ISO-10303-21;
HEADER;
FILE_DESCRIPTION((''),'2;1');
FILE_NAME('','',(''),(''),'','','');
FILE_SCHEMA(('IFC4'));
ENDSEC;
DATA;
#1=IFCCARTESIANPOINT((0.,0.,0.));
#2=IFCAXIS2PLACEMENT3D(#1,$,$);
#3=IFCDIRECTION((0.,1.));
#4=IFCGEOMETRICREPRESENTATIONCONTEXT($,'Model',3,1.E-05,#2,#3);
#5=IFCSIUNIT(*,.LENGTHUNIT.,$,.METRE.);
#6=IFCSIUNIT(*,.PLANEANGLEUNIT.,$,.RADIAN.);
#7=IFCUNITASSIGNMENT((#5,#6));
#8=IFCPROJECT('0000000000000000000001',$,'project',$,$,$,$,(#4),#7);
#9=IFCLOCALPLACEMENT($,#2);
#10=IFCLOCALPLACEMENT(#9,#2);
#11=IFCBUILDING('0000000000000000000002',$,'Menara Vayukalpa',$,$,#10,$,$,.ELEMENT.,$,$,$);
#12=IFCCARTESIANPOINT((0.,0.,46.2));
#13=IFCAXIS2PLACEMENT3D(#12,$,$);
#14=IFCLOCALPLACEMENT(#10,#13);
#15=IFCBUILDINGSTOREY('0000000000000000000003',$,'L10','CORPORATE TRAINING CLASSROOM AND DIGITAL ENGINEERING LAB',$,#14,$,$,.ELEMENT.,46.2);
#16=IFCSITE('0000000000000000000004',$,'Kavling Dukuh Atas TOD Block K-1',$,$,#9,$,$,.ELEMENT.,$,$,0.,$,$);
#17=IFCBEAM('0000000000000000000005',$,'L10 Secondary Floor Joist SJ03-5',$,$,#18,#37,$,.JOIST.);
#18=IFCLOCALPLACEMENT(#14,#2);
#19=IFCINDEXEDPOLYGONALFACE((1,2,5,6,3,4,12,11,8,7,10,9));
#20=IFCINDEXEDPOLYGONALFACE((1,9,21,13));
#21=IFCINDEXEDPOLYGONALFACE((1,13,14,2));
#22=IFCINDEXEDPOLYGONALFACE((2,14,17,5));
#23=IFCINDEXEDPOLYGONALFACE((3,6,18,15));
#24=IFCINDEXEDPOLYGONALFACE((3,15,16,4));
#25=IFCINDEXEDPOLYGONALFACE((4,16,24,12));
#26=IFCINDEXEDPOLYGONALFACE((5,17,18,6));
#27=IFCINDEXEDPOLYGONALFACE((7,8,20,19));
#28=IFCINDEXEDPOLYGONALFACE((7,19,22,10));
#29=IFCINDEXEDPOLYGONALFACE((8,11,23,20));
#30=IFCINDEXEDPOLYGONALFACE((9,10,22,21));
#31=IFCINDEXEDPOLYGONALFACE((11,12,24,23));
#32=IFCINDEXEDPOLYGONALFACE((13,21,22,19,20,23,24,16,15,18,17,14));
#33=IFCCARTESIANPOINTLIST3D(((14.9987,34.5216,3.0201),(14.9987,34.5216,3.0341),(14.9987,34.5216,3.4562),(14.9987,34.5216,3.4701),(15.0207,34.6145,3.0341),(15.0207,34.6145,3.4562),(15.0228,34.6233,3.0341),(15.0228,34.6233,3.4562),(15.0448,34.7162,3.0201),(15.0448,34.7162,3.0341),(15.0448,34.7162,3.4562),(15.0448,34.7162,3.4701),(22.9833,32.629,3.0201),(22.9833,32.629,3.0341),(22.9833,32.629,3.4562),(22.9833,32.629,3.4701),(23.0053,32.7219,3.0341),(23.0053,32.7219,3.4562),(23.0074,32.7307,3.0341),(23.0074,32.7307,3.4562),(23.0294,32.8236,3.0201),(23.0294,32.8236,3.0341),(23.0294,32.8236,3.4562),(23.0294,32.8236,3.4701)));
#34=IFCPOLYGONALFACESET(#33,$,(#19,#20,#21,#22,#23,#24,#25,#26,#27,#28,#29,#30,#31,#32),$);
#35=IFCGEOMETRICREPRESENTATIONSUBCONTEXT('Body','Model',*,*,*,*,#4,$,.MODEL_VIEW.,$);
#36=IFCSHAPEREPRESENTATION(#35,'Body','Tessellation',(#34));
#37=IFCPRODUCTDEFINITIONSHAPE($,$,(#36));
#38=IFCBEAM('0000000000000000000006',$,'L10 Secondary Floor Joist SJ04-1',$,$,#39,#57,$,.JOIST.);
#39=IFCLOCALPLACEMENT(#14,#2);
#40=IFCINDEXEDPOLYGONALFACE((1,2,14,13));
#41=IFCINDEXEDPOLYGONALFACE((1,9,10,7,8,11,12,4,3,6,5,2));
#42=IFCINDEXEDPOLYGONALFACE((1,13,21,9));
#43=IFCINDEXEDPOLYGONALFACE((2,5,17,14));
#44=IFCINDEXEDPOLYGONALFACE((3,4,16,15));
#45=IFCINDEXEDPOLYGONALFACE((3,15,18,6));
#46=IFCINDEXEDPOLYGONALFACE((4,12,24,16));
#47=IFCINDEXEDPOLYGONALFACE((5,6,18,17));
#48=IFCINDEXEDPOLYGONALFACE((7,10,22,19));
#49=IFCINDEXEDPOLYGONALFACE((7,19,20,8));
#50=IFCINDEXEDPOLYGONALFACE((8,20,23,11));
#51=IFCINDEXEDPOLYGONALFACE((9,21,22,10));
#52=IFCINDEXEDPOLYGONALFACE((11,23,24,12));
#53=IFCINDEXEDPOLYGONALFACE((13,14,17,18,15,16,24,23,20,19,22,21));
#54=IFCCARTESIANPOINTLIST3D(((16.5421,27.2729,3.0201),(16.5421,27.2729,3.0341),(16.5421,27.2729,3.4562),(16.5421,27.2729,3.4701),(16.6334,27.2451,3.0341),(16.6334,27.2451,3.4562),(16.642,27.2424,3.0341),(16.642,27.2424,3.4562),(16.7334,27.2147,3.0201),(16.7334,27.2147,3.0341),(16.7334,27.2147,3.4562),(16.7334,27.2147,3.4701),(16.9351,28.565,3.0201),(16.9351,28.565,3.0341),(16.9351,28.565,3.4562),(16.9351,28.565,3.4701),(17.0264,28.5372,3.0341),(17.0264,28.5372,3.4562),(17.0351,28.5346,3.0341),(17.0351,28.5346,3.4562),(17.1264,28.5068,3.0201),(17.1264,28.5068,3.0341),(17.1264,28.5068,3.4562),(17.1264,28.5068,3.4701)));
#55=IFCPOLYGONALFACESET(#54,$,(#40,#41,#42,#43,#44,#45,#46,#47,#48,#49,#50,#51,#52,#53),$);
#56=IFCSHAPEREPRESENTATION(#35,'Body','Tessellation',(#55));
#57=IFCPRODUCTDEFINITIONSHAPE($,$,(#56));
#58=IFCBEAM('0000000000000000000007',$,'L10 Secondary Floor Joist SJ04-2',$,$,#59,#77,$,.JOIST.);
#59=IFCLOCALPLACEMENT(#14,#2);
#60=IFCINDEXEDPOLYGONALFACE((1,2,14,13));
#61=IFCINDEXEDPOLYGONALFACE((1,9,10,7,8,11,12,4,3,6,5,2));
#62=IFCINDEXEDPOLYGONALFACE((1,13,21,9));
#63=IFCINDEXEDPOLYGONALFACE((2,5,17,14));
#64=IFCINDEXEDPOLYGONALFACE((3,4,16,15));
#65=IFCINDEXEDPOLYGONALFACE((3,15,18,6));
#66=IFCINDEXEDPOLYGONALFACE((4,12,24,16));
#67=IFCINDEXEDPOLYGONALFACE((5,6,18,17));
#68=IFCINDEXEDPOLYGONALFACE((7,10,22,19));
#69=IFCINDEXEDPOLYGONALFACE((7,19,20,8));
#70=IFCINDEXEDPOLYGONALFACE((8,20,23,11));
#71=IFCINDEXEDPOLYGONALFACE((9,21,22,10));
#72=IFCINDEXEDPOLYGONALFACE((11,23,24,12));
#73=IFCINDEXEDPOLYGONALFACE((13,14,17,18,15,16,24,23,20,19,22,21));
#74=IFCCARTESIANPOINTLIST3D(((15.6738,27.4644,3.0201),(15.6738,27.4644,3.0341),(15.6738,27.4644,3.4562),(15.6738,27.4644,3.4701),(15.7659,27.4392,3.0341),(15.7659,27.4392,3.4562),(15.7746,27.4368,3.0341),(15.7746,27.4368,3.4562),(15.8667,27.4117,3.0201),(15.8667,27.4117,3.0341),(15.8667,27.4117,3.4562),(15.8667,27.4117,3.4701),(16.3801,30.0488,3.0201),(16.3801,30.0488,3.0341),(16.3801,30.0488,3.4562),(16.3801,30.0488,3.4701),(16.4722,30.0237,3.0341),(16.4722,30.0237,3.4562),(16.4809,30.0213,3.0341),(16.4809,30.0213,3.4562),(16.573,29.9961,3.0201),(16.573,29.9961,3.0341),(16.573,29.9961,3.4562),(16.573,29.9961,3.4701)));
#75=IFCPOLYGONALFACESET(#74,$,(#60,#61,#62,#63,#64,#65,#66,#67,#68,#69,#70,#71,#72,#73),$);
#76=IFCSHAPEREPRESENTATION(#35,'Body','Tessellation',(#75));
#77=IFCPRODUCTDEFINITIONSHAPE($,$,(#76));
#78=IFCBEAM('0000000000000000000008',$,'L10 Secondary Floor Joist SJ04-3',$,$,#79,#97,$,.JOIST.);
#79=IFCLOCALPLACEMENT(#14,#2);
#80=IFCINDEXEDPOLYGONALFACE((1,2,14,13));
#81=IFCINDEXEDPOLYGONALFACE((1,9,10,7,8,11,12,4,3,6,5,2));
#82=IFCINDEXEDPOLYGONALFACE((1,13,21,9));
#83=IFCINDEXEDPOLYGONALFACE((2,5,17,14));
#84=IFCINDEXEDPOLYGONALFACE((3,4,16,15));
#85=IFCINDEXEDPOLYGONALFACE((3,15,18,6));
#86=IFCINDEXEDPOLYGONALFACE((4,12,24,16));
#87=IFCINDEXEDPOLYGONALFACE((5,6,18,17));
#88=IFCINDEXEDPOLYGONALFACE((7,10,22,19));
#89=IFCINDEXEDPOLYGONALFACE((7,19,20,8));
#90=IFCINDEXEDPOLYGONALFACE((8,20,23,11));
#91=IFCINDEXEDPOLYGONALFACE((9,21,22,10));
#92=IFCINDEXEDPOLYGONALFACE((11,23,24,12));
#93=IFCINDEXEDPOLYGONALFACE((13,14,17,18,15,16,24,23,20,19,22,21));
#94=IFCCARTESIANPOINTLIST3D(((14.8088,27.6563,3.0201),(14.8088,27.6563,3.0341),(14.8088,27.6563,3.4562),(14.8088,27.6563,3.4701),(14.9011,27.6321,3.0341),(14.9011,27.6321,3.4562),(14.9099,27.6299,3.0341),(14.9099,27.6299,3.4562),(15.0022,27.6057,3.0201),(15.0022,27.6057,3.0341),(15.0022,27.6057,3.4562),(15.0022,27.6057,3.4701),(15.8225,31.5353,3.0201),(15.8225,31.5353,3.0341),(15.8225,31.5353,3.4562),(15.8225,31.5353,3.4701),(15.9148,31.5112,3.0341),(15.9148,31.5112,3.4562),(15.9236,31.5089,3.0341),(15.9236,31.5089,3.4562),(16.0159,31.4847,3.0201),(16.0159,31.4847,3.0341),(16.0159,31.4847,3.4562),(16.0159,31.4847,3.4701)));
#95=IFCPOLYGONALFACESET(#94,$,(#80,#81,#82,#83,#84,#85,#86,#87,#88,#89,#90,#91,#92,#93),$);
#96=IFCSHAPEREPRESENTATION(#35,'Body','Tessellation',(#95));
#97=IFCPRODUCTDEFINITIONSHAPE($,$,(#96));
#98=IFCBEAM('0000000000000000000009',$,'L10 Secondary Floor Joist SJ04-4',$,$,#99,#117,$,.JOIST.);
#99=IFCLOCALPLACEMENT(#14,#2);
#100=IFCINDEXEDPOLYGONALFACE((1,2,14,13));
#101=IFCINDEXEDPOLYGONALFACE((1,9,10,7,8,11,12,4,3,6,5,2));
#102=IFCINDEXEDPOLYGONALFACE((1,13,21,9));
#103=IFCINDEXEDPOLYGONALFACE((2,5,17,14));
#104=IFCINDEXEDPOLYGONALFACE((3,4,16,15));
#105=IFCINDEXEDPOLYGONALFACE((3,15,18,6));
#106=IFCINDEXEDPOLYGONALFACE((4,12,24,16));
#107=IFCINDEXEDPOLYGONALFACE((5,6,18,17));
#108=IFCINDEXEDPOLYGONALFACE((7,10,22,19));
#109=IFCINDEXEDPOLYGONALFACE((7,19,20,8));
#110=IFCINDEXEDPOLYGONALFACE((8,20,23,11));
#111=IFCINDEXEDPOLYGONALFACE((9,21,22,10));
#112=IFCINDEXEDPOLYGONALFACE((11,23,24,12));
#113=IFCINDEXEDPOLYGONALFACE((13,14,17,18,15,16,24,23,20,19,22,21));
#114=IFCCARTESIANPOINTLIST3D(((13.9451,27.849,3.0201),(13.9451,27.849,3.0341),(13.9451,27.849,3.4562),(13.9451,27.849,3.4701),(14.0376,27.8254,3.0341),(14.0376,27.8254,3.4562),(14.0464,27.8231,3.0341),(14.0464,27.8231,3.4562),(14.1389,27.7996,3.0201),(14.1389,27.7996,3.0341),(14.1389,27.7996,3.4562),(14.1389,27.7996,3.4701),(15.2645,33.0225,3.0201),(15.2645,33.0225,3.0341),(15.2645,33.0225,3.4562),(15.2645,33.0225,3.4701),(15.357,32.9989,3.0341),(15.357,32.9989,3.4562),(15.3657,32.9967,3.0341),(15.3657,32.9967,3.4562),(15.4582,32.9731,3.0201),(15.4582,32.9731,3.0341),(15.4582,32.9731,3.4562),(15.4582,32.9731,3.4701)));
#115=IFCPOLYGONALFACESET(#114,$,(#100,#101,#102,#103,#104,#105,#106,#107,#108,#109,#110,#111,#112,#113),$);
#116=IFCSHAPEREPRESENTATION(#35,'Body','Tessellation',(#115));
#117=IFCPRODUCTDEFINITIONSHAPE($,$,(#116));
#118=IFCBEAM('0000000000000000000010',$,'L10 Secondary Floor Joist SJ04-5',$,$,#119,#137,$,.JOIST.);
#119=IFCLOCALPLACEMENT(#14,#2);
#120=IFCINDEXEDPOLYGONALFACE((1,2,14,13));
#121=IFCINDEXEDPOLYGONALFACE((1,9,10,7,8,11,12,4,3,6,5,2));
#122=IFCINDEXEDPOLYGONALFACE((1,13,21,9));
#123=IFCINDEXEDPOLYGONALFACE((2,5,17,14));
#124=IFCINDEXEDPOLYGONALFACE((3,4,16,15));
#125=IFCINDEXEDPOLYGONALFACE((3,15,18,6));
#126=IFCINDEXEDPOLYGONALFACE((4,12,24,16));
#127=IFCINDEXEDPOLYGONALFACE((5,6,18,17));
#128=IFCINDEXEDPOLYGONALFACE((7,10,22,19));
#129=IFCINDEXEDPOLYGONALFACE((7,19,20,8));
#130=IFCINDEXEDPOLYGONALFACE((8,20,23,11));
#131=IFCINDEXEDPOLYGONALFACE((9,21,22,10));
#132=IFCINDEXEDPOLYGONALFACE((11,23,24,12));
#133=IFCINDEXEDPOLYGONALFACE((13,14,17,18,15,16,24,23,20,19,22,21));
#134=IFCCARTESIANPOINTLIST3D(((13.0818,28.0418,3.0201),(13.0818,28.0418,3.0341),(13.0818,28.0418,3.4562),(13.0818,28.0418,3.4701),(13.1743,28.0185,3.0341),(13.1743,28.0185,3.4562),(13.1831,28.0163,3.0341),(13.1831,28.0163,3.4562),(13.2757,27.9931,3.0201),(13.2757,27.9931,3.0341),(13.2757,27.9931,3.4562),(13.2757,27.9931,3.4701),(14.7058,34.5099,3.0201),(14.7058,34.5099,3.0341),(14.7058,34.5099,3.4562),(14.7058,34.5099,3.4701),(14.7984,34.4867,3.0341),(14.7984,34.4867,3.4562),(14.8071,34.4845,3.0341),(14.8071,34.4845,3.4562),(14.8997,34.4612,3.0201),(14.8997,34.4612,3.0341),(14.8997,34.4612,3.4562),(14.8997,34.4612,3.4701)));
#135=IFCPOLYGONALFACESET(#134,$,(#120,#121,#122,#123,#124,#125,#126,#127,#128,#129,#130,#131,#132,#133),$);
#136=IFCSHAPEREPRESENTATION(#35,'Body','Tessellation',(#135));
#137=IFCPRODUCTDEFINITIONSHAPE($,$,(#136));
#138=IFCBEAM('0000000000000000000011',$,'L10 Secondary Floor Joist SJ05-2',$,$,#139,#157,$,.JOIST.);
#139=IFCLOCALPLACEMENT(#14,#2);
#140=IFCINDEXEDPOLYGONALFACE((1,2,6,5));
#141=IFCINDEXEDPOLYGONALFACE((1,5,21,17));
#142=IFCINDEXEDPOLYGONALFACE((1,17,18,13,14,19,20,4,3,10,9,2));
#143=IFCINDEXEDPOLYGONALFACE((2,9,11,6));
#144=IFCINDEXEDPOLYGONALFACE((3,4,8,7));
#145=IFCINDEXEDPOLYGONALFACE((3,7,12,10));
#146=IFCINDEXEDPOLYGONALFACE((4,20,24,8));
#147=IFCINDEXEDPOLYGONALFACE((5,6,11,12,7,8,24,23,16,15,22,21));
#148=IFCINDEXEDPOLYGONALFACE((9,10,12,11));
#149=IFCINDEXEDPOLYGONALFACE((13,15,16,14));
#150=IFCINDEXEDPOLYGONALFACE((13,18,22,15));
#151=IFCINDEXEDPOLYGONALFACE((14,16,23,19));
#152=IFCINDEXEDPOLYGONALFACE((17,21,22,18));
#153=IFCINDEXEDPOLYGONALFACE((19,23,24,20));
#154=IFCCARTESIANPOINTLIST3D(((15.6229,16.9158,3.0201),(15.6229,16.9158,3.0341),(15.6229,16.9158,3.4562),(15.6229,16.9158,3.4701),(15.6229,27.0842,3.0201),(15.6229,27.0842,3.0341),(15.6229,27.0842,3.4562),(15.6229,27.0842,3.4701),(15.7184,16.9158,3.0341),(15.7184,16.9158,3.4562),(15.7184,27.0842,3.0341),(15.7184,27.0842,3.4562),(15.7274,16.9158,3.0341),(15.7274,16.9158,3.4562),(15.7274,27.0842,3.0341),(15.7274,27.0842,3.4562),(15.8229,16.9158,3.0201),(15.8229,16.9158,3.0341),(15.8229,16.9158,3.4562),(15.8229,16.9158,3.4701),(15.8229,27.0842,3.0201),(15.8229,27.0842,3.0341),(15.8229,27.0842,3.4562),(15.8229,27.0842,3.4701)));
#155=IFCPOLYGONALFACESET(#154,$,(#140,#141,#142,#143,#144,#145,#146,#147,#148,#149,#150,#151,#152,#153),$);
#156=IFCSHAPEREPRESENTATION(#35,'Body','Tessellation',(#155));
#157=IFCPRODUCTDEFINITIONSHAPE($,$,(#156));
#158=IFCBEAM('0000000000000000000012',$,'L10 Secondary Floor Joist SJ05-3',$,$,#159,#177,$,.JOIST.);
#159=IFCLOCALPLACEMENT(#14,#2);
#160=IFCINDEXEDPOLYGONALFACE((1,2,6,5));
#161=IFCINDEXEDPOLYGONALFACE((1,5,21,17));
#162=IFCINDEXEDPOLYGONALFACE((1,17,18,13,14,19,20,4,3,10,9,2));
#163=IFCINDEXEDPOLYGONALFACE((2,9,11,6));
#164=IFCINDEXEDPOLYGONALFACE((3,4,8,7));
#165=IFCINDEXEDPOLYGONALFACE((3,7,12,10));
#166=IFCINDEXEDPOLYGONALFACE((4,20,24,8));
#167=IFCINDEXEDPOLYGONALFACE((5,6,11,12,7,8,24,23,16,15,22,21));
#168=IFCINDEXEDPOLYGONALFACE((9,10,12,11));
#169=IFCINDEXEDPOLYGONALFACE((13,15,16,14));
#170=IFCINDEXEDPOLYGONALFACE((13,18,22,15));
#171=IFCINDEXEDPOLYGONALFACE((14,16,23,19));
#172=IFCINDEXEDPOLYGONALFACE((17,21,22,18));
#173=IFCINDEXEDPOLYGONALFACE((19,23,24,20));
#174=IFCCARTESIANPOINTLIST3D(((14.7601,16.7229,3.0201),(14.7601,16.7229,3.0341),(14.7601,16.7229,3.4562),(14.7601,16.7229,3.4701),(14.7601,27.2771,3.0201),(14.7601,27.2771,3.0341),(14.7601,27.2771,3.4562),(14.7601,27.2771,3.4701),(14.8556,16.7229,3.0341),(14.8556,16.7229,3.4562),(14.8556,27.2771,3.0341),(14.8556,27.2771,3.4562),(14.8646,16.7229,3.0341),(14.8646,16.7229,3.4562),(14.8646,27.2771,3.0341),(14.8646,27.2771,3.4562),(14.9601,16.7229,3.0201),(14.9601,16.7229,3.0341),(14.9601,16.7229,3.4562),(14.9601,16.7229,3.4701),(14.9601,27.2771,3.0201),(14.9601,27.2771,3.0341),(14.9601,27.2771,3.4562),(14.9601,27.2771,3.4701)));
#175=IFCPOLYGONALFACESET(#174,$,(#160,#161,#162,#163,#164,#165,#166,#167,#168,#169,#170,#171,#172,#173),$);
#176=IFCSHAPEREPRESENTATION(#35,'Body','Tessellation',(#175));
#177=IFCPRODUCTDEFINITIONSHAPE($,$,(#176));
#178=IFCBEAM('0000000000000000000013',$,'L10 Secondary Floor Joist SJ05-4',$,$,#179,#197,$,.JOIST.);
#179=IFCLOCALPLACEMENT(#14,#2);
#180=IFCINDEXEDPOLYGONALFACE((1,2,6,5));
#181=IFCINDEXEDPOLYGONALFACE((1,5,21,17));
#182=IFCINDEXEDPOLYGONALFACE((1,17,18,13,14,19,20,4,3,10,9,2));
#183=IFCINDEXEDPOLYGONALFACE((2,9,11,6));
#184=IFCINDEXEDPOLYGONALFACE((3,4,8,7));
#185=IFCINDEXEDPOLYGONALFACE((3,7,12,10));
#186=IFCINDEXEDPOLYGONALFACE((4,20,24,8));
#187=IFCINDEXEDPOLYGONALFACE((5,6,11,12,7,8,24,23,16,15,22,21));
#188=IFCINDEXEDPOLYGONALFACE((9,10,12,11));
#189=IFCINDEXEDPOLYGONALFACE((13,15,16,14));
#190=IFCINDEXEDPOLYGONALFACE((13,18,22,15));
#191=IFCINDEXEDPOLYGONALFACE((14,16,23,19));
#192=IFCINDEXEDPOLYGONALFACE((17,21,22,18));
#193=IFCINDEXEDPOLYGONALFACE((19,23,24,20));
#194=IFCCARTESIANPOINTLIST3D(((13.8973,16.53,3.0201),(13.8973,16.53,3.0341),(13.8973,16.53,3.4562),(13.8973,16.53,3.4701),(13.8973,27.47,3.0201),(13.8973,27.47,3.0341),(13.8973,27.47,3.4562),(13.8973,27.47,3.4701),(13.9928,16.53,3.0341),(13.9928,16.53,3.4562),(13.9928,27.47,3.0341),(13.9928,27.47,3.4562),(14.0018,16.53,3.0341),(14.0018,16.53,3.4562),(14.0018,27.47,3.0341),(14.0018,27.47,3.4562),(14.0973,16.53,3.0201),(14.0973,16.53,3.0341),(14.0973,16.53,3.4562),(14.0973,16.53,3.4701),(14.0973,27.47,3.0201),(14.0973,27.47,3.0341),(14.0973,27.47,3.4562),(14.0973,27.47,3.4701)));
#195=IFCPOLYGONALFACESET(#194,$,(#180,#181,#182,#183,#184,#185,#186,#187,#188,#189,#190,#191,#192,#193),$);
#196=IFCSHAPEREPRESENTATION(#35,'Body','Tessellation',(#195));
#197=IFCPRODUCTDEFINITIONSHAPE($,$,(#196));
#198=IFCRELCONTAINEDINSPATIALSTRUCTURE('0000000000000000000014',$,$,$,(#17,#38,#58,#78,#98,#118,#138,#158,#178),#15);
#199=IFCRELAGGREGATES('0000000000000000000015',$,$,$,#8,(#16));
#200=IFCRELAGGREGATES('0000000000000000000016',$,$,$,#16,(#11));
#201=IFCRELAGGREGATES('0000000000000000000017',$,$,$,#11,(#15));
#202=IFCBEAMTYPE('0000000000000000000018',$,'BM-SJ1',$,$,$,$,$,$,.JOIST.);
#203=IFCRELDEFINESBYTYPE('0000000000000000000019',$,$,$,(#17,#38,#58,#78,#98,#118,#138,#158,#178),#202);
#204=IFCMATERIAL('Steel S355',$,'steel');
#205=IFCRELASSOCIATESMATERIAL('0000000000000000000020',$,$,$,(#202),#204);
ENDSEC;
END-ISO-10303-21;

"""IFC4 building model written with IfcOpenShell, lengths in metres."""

from ifc_helpers import new_model, si_unit, direction, frame, origin, origin_2d, place, context, subcontext, project, spatial, i_section, extrude, material, material_profile, profile_set, type_object, element, save


model = new_model("IFC4")

# Units and contexts
model_context = context("Model", 3, precision=1e-05, world=origin(), true_north=direction((0.0, 1.0)))
body_context = subcontext(model_context, "Body", "Model", "MODEL_VIEW")
ifc_project = project(units=[si_unit("LENGTHUNIT", "METRE"), si_unit("PLANEANGLEUNIT", "RADIAN")], contexts=[model_context])

# Site, building, storey
site_placement = place(None, origin())
site = spatial("IfcSite", under=ifc_project, at=site_placement, Name="Kavling Dukuh Atas TOD Block K-1", CompositionType="ELEMENT", RefElevation=0.0)
building_placement = place(site_placement, origin())
building = spatial("IfcBuilding", under=site, at=building_placement, Name="Menara Vayukalpa", CompositionType="ELEMENT")
storey_placement = place(building_placement, frame((0.0, 0.0, 46.2)))
storey = spatial("IfcBuildingStorey", under=building, at=storey_placement, Name="L10", Description="CORPORATE TRAINING CLASSROOM AND DIGITAL ENGINEERING LAB", CompositionType="ELEMENT", Elevation=46.2)

# Beams
ifc_material_1 = material(Name="Steel S355", Category="steel")
ifc_material_profile_1 = material_profile(ifc_material_1, i_section(OverallWidth=0.2, OverallDepth=0.45, WebThickness=0.009, FlangeThickness=0.0139, at=origin_2d()), Name="WF 450x200x9x14")
ifc_profile_set_1 = profile_set([ifc_material_profile_1], Name="Steel S355")
beam_type_1 = type_object("IfcBeamType", Name="BM-SJ1", PredefinedType="JOIST", material=ifc_profile_set_1)
beam_1_placement = place(storey_placement, frame((23.0063, 32.7263, 3.2451), z_axis=(-0.97304, 0.230638, 0.0), x_axis=(-0.230638, -0.97304, 0.0)))
element("IfcBeam", 1, at=beam_1_placement, inside=storey, type_object=beam_type_1, Name="L10 Secondary Floor Joist SJ03-5", PredefinedType="JOIST", context=body_context, shape_type="SweptSolid", body=[
    extrude(i_section(OverallWidth=0.2, OverallDepth=0.45, WebThickness=0.009, FlangeThickness=0.0139, at=origin_2d()), origin(), (0.0, 0.0, 1.0), 8.2058),
])
beam_2_placement = place(storey_placement, frame((17.0308, 28.5359, 3.2451), z_axis=(-0.291011, -0.95672, 0.0), x_axis=(0.95672, -0.291011, 0.0)))
element("IfcBeam", 2, at=beam_2_placement, inside=storey, type_object=beam_type_1, Name="L10 Secondary Floor Joist SJ04-1", PredefinedType="JOIST", context=body_context, shape_type="SweptSolid", body=[
    extrude(i_section(OverallWidth=0.2, OverallDepth=0.45, WebThickness=0.009, FlangeThickness=0.0139, at=origin_2d()), origin(), (0.0, 0.0, 1.0), 1.3506),
])
beam_3_placement = place(storey_placement, frame((16.4766, 30.0225, 3.2451), z_axis=(-0.263619, -0.964627, 0.0), x_axis=(0.964627, -0.263619, 0.0)))
element("IfcBeam", 3, at=beam_3_placement, inside=storey, type_object=beam_type_1, Name="L10 Secondary Floor Joist SJ04-2", PredefinedType="JOIST", context=body_context, shape_type="SweptSolid", body=[
    extrude(i_section(OverallWidth=0.2, OverallDepth=0.45, WebThickness=0.009, FlangeThickness=0.0139, at=origin_2d()), origin(), (0.0, 0.0, 1.0), 2.6792),
])
beam_4_placement = place(storey_placement, frame((15.9192, 31.51, 3.2451), z_axis=(-0.252838, -0.967509, 0.0), x_axis=(0.967509, -0.252838, 0.0)))
element("IfcBeam", 4, at=beam_4_placement, inside=storey, type_object=beam_type_1, Name="L10 Secondary Floor Joist SJ04-3", PredefinedType="JOIST", context=body_context, shape_type="SweptSolid", body=[
    extrude(i_section(OverallWidth=0.2, OverallDepth=0.45, WebThickness=0.009, FlangeThickness=0.0139, at=origin_2d()), origin(), (0.0, 0.0, 1.0), 4.0093),
])
beam_5_placement = place(storey_placement, frame((15.3613, 32.9978, 3.2451), z_axis=(-0.247106, -0.968989, 0.0), x_axis=(0.968989, -0.247106, 0.0)))
element("IfcBeam", 5, at=beam_5_placement, inside=storey, type_object=beam_type_1, Name="L10 Secondary Floor Joist SJ04-4", PredefinedType="JOIST", context=body_context, shape_type="SweptSolid", body=[
    extrude(i_section(OverallWidth=0.2, OverallDepth=0.45, WebThickness=0.009, FlangeThickness=0.0139, at=origin_2d()), origin(), (0.0, 0.0, 1.0), 5.3391),
])
beam_6_placement = place(storey_placement, frame((14.8027, 34.4856, 3.2451), z_axis=(-0.243517, -0.969897, 0.0), x_axis=(0.969897, -0.243517, 0.0)))
element("IfcBeam", 6, at=beam_6_placement, inside=storey, type_object=beam_type_1, Name="L10 Secondary Floor Joist SJ04-5", PredefinedType="JOIST", context=body_context, shape_type="SweptSolid", body=[
    extrude(i_section(OverallWidth=0.2, OverallDepth=0.45, WebThickness=0.009, FlangeThickness=0.0139, at=origin_2d()), origin(), (0.0, 0.0, 1.0), 6.6689),
])
beam_7_placement = place(storey_placement, frame((15.7229, 27.0842, 3.2451), z_axis=(0.0, -1.0, 0.0), x_axis=(1.0, 0.0, 0.0)))
element("IfcBeam", 7, at=beam_7_placement, inside=storey, type_object=beam_type_1, Name="L10 Secondary Floor Joist SJ05-2", PredefinedType="JOIST", context=body_context, shape_type="SweptSolid", body=[
    extrude(i_section(OverallWidth=0.2, OverallDepth=0.45, WebThickness=0.009, FlangeThickness=0.0139, at=origin_2d()), origin(), (0.0, 0.0, 1.0), 10.1685),
])
beam_8_placement = place(storey_placement, frame((14.8601, 27.2771, 3.2451), z_axis=(0.0, -1.0, 0.0), x_axis=(1.0, 0.0, 0.0)))
element("IfcBeam", 8, at=beam_8_placement, inside=storey, type_object=beam_type_1, Name="L10 Secondary Floor Joist SJ05-3", PredefinedType="JOIST", context=body_context, shape_type="SweptSolid", body=[
    extrude(i_section(OverallWidth=0.2, OverallDepth=0.45, WebThickness=0.009, FlangeThickness=0.0139, at=origin_2d()), origin(), (0.0, 0.0, 1.0), 10.5542),
])
beam_9_placement = place(storey_placement, frame((13.9973, 27.47, 3.2451), z_axis=(0.0, -1.0, 0.0), x_axis=(1.0, 0.0, 0.0)))
element("IfcBeam", 9, at=beam_9_placement, inside=storey, type_object=beam_type_1, Name="L10 Secondary Floor Joist SJ05-4", PredefinedType="JOIST", context=body_context, shape_type="SweptSolid", body=[
    extrude(i_section(OverallWidth=0.2, OverallDepth=0.45, WebThickness=0.009, FlangeThickness=0.0139, at=origin_2d()), origin(), (0.0, 0.0, 1.0), 10.9399),
])

save(model, "model.ifc")
